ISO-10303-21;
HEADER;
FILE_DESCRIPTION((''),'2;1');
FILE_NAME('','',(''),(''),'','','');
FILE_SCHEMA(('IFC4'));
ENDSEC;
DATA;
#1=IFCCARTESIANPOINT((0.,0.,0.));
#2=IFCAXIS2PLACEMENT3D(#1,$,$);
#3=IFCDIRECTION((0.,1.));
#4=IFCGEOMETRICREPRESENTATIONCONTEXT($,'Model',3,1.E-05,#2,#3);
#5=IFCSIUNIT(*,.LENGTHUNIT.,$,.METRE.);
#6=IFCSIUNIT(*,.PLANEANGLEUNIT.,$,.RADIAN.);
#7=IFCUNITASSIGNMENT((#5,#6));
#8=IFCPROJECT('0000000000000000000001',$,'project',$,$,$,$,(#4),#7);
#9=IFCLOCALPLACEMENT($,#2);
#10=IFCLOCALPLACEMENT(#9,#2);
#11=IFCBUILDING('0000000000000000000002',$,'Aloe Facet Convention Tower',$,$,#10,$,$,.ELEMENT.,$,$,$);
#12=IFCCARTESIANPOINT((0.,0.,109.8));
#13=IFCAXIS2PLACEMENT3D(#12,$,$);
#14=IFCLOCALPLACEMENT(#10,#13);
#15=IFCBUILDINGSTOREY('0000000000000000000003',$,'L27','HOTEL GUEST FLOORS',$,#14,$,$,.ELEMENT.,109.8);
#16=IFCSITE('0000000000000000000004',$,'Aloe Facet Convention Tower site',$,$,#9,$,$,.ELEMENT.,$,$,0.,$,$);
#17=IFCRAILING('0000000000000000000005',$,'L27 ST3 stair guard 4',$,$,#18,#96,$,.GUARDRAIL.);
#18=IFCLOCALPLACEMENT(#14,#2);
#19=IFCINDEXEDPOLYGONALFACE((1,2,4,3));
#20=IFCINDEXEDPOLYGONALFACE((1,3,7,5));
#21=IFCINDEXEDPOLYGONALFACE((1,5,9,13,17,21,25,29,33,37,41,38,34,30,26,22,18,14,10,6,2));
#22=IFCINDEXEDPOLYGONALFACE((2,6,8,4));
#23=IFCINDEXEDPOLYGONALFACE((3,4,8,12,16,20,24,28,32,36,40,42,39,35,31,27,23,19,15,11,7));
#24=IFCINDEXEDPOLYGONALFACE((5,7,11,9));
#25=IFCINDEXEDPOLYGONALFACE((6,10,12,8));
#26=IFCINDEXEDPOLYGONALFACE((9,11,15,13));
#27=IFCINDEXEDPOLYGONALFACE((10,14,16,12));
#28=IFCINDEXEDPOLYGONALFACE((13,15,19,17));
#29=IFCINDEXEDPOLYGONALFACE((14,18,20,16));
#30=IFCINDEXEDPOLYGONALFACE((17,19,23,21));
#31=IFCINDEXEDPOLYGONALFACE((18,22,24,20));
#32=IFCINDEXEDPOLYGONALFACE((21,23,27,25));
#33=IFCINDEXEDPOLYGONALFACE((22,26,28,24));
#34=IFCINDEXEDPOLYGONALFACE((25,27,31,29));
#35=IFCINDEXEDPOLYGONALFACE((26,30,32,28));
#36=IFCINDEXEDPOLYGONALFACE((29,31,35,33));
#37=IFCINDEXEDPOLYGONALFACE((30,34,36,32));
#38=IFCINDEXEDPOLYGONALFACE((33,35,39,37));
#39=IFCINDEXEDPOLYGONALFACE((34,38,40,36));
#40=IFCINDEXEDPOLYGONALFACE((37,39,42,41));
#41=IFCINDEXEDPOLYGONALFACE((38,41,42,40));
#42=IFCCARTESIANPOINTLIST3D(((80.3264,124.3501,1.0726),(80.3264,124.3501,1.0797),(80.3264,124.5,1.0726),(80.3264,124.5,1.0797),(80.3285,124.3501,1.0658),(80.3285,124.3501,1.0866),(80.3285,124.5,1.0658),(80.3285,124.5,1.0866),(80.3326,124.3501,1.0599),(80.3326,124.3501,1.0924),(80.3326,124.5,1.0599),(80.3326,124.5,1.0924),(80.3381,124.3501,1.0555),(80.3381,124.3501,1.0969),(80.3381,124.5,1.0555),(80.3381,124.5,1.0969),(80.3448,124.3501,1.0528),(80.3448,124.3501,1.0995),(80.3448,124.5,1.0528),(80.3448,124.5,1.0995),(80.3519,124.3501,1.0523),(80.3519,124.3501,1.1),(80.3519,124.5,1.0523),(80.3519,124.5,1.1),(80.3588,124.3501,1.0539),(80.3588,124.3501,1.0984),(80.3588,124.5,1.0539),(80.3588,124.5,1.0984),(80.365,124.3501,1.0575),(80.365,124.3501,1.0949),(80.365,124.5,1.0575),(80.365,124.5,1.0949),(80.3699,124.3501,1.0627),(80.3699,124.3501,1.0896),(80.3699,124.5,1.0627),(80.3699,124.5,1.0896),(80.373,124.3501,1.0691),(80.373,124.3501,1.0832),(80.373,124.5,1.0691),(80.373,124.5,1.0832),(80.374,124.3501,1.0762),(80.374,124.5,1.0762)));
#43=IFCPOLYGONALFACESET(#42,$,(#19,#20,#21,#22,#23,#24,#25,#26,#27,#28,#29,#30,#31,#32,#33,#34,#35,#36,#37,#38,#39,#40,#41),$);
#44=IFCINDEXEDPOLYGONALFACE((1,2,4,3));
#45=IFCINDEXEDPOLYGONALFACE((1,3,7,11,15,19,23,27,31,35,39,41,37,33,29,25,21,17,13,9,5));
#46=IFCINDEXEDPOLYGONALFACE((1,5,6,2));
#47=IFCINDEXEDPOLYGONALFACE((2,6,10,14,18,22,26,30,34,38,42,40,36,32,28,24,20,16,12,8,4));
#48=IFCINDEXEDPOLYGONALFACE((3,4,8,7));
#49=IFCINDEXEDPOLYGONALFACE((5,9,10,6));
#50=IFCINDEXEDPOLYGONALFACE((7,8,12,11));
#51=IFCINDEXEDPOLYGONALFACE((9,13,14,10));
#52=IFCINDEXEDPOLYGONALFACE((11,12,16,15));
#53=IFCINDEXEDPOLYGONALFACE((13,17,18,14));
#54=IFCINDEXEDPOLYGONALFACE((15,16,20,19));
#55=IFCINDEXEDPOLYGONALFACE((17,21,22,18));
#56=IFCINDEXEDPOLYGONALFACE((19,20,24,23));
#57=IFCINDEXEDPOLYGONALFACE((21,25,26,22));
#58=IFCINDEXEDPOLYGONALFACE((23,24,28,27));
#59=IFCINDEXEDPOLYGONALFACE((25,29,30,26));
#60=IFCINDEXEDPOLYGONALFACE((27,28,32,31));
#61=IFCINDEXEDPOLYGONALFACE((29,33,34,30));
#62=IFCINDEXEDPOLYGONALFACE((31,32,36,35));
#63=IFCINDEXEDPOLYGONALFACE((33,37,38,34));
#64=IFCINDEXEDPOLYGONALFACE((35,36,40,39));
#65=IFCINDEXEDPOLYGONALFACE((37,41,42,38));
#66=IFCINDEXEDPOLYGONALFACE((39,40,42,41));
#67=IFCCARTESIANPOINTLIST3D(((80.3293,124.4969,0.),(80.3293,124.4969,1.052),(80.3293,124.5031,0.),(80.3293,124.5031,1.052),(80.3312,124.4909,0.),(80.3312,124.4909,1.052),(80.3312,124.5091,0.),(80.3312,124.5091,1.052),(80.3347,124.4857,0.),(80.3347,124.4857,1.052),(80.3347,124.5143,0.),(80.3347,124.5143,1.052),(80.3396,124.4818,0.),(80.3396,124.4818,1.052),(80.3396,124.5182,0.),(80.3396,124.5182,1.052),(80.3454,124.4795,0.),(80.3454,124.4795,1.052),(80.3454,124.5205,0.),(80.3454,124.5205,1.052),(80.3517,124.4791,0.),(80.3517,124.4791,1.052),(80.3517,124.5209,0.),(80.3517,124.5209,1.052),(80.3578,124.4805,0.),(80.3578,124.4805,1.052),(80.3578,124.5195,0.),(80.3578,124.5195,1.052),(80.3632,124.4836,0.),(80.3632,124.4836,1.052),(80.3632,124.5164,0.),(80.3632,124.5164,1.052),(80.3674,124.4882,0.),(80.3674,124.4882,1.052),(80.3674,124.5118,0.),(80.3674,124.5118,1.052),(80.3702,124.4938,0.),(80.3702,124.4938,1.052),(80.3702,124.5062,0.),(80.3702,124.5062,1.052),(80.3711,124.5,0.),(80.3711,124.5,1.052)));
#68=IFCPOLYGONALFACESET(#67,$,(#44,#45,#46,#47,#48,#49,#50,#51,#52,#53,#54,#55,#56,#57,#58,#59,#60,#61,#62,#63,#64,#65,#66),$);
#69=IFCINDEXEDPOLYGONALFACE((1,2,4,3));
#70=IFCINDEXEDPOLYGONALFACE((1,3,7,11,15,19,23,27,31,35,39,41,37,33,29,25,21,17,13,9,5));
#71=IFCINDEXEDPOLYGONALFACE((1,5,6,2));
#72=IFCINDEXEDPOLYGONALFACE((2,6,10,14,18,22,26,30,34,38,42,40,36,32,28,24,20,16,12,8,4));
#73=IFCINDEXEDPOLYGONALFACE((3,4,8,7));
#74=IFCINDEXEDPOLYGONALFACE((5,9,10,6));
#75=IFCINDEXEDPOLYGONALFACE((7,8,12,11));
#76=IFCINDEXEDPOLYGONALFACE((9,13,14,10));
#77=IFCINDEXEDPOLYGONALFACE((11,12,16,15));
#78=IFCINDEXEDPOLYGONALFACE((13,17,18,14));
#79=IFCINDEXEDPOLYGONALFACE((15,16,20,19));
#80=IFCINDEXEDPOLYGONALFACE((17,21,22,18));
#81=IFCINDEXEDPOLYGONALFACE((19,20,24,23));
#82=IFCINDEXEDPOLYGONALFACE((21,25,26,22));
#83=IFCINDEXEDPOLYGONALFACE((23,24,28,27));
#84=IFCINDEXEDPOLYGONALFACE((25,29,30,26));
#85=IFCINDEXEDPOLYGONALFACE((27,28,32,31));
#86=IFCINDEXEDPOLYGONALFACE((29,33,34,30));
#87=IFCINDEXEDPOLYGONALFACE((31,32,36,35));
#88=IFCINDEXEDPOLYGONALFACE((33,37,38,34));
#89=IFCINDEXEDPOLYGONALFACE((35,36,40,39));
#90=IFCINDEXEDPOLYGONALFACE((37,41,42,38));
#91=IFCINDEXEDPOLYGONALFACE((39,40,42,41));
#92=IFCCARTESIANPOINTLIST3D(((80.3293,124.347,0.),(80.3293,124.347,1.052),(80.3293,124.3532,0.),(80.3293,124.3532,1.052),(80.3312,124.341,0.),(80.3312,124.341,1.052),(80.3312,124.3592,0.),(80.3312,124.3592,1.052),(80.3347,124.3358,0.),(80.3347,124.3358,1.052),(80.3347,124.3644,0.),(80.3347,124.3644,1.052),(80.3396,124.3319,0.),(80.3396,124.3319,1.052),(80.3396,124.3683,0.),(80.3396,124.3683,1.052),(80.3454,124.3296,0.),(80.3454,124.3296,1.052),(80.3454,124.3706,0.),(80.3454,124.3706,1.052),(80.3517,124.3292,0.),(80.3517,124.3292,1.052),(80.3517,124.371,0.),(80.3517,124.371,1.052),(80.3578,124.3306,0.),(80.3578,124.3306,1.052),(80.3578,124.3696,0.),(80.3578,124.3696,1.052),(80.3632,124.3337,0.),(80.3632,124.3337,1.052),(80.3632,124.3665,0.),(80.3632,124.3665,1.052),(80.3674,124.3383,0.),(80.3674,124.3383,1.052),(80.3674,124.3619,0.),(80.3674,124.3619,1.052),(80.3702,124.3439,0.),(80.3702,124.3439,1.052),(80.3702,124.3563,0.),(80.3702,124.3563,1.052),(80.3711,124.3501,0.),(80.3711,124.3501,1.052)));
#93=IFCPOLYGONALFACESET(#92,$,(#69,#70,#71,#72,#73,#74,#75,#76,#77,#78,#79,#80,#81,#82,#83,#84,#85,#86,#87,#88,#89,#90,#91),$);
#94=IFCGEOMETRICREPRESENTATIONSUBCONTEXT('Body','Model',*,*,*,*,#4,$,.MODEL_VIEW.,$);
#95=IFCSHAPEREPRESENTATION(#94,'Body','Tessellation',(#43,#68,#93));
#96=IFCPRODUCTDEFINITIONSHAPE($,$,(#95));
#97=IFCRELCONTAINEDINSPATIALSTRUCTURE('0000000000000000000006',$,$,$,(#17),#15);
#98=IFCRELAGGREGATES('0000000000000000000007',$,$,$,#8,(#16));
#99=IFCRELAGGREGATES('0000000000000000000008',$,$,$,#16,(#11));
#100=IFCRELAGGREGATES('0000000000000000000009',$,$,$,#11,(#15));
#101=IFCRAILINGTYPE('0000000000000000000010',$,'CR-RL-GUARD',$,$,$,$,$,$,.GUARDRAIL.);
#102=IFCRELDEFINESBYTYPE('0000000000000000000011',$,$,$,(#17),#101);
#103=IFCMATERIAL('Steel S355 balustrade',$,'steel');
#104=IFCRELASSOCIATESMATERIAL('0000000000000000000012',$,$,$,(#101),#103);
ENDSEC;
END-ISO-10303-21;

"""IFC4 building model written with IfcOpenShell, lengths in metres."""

from ifc_helpers import new_model, si_unit, direction, frame, origin, origin_2d, place, context, subcontext, project, spatial, circle, extrude, material, type_object, element, save


model = new_model("IFC4")

# Units and contexts
model_context = context("Model", 3, precision=1e-05, world=origin(), true_north=direction((0.0, 1.0)))
body_context = subcontext(model_context, "Body", "Model", "MODEL_VIEW")
ifc_project = project(units=[si_unit("LENGTHUNIT", "METRE"), si_unit("PLANEANGLEUNIT", "RADIAN")], contexts=[model_context])

# Site, building, storey
site_placement = place(None, origin())
site = spatial("IfcSite", under=ifc_project, at=site_placement, Name="Aloe Facet Convention Tower site", CompositionType="ELEMENT", RefElevation=0.0)
building_placement = place(site_placement, origin())
building = spatial("IfcBuilding", under=site, at=building_placement, Name="Aloe Facet Convention Tower", CompositionType="ELEMENT")
storey_placement = place(building_placement, frame((0.0, 0.0, 109.8)))
storey = spatial("IfcBuildingStorey", under=building, at=storey_placement, Name="L27", Description="HOTEL GUEST FLOORS", CompositionType="ELEMENT", Elevation=109.8)

# Railing
ifc_material_1 = material(Name="Steel S355 balustrade", Category="steel")
railing_type_1 = type_object("IfcRailingType", Name="CR-RL-GUARD", PredefinedType="GUARDRAIL", material=ifc_material_1)
railing_1_placement = place(storey_placement, frame((80.3501, 124.5, 0.0)))
element("IfcRailing", 1, at=railing_1_placement, inside=storey, type_object=railing_type_1, Name="L27 ST3 stair guard 4", PredefinedType="GUARDRAIL", context=body_context, shape_type="SweptSolid", body=[
    extrude(circle(Radius=0.0239, at=origin_2d()), frame((0.0, 0.0, 1.0762), z_axis=(0.0, -1.0, 0.0), x_axis=(1.0, 0.0, 0.0)), (0.0, 0.0, 1.0), 0.1499),
    extrude(circle(Radius=0.021, at=origin_2d()), origin(), (0.0, 0.0, 1.0), 1.052),
    extrude(circle(Radius=0.021, at=origin_2d()), frame((0.0, -0.1499, 0.0)), (0.0, 0.0, 1.0), 1.052),
])

save(model, "model.ifc")
